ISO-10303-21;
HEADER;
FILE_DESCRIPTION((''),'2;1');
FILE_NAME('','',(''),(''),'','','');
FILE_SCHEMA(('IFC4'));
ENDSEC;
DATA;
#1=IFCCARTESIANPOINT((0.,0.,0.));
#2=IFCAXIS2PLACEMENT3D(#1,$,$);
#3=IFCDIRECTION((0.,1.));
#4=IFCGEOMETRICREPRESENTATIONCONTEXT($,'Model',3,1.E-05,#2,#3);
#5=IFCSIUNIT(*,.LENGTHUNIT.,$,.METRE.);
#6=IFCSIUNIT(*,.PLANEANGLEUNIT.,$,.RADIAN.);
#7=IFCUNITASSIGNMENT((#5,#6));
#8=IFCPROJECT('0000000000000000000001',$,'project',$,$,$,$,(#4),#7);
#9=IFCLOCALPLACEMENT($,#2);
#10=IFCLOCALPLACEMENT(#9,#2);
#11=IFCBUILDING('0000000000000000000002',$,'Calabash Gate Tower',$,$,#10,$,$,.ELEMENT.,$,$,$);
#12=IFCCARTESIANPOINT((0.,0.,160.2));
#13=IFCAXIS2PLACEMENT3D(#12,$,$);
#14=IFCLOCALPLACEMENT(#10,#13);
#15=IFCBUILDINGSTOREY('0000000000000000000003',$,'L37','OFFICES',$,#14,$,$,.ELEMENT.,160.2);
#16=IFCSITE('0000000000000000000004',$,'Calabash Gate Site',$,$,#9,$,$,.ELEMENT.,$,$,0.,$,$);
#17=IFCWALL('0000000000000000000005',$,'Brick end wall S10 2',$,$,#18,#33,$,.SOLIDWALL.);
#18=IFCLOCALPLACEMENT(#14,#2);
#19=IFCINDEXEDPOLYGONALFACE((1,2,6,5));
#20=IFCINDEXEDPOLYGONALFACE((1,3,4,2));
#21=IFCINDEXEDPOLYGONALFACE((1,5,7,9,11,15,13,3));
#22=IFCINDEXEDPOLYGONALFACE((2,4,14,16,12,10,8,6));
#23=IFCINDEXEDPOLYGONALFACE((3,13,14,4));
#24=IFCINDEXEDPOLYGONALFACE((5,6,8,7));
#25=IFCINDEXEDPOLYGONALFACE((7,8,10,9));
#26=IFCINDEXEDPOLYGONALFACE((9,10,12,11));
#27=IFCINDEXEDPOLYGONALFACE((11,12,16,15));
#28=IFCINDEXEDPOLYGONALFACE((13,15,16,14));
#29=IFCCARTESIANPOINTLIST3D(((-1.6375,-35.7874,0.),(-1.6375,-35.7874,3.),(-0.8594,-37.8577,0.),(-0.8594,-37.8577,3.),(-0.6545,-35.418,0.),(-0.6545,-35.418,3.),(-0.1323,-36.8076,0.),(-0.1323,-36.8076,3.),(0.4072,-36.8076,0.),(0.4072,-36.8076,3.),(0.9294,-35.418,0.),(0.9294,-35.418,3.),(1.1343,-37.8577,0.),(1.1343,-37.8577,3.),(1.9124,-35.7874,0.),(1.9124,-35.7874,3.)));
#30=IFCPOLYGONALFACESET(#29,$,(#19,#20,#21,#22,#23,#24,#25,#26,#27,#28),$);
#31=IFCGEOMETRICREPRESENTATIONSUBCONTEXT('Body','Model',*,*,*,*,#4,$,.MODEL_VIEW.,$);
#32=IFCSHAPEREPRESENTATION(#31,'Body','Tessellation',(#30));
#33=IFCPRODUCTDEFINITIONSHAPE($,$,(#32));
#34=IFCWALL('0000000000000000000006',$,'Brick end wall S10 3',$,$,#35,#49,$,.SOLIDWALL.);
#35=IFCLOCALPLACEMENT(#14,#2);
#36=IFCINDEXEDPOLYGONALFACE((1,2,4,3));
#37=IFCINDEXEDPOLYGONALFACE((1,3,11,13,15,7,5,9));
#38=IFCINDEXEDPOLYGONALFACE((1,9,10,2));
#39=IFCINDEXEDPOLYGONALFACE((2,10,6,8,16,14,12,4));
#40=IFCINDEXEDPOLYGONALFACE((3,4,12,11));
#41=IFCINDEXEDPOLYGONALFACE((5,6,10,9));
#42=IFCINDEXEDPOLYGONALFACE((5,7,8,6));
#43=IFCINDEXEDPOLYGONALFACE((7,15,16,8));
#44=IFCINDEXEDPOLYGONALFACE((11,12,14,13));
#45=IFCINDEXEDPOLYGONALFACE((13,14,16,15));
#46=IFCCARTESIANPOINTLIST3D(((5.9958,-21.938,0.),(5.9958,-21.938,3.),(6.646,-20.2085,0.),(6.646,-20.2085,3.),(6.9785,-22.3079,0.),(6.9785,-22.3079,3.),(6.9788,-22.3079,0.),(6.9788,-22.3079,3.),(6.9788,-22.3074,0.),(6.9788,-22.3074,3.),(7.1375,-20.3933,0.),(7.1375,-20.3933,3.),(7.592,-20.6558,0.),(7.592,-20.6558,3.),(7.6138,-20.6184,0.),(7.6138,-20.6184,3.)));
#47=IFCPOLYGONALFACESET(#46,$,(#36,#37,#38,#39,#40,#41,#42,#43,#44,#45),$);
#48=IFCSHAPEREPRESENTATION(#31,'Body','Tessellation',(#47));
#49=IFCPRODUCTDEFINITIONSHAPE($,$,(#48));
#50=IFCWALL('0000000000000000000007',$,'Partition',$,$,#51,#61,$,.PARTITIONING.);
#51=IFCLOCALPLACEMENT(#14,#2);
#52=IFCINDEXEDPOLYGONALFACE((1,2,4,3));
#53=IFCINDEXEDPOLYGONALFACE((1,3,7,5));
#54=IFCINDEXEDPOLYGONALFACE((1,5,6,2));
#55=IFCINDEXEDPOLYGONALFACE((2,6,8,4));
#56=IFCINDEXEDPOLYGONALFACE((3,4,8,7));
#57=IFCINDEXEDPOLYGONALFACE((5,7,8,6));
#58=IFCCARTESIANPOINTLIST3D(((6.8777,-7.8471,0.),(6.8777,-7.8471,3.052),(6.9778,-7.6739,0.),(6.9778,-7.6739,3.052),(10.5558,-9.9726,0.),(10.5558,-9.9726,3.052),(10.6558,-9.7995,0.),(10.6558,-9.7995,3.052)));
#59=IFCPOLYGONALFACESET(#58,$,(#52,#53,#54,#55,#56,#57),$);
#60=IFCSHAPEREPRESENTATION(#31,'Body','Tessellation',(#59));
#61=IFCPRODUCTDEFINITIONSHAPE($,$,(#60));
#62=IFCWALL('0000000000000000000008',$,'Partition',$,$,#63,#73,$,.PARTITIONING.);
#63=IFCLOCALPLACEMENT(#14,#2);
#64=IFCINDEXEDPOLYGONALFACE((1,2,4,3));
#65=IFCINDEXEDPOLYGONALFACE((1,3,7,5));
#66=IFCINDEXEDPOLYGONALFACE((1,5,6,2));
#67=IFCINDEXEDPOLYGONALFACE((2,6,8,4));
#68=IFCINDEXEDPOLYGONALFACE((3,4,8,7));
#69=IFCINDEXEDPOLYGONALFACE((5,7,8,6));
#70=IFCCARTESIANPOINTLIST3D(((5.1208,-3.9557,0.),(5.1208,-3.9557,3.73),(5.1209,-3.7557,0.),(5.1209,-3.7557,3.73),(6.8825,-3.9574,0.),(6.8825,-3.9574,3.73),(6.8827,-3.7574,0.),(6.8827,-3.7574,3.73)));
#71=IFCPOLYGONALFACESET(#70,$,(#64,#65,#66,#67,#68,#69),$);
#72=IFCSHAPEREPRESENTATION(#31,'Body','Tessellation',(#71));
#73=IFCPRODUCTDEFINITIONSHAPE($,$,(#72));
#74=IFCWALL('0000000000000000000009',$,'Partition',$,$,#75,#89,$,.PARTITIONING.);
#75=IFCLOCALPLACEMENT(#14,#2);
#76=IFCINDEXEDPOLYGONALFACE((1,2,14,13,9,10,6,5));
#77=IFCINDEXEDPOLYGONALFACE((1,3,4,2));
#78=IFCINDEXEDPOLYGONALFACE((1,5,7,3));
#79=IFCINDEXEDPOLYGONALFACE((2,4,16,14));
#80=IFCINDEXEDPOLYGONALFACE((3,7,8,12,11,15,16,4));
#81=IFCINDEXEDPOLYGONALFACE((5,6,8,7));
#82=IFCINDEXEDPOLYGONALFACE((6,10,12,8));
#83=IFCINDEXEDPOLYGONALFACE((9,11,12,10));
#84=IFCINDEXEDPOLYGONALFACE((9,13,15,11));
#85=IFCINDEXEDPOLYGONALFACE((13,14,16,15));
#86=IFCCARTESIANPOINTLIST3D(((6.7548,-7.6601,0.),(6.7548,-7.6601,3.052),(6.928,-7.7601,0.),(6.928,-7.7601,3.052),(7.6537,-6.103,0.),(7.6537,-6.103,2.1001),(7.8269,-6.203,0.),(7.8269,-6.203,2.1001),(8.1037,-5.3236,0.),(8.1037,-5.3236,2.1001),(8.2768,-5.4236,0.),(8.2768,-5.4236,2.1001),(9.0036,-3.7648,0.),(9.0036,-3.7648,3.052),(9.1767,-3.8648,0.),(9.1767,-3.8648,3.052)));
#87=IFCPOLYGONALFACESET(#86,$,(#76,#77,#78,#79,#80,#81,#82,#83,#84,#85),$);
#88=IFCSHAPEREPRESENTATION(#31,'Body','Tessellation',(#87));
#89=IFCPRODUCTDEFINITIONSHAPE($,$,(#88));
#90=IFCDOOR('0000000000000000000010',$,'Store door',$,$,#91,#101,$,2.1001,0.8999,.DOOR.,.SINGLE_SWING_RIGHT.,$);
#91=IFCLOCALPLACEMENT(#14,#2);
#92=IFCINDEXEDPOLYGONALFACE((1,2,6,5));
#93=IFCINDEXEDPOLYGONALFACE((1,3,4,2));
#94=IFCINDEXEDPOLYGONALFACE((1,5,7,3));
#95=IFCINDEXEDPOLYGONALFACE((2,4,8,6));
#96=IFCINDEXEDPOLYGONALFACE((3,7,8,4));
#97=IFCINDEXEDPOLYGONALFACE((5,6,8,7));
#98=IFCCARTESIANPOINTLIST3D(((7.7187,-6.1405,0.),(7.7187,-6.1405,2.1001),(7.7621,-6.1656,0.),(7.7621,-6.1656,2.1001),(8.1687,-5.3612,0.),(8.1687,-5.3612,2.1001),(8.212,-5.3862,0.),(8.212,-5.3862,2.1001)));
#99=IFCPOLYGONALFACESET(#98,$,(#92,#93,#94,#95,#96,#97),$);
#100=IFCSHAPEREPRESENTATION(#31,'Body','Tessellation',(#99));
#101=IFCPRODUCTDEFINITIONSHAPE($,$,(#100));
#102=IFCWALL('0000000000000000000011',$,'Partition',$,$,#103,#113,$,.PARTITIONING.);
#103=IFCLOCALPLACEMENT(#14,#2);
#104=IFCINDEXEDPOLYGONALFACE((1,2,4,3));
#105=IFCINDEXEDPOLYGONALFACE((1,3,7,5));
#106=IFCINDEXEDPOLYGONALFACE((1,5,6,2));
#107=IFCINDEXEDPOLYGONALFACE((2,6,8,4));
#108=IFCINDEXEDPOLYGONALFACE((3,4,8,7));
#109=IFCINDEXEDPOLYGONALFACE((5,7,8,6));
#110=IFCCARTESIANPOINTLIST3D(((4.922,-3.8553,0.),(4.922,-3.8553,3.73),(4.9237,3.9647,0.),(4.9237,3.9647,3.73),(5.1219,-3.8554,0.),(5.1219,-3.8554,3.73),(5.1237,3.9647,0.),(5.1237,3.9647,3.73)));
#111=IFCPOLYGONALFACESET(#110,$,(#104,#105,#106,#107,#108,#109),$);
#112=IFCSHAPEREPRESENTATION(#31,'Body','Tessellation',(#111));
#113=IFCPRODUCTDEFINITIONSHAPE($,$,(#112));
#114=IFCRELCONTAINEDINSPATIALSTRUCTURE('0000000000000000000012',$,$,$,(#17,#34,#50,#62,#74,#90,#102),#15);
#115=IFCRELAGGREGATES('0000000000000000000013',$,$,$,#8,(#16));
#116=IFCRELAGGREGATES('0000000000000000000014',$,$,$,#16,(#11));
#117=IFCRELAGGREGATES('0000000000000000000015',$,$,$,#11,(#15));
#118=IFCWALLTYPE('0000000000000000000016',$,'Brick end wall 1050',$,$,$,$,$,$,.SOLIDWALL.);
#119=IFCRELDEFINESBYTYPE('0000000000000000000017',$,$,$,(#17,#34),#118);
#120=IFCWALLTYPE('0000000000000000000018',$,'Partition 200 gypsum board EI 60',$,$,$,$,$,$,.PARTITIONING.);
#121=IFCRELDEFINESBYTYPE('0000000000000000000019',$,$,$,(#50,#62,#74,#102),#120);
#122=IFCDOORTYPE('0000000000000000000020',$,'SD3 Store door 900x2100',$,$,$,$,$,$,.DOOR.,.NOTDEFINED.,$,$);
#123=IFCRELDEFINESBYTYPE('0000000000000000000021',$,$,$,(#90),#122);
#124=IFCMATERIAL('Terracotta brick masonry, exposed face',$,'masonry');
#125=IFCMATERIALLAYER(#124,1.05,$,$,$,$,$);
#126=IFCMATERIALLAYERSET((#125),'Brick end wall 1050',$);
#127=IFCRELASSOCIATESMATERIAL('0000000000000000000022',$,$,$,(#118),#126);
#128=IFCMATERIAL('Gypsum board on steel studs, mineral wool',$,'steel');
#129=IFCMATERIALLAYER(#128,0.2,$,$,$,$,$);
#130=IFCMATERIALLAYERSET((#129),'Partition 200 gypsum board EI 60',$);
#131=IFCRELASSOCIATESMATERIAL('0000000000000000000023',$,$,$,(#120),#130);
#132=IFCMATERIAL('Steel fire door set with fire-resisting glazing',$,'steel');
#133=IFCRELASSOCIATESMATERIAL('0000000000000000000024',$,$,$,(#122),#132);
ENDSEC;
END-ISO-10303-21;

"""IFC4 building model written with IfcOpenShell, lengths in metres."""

from ifc_helpers import new_model, si_unit, direction, frame, frame_2d, origin, place, context, subcontext, project, spatial, polyline, rectangle, outline, extrude, material, layer, layer_set, type_object, element, fill, save


model = new_model("IFC4")

# Units and contexts
model_context = context("Model", 3, precision=1e-05, world=origin(), true_north=direction((0.0, 1.0)))
body_context = subcontext(model_context, "Body", "Model", "MODEL_VIEW")
ifc_project = project(units=[si_unit("LENGTHUNIT", "METRE"), si_unit("PLANEANGLEUNIT", "RADIAN")], contexts=[model_context])

# Site, building, storey
site_placement = place(None, origin())
site = spatial("IfcSite", under=ifc_project, at=site_placement, Name="Calabash Gate Site", CompositionType="ELEMENT", RefElevation=0.0)
building_placement = place(site_placement, origin())
building = spatial("IfcBuilding", under=site, at=building_placement, Name="Calabash Gate Tower", CompositionType="ELEMENT")
storey_placement = place(building_placement, frame((0.0, 0.0, 160.2)))
storey = spatial("IfcBuildingStorey", under=building, at=storey_placement, Name="L37", Description="OFFICES", CompositionType="ELEMENT", Elevation=160.2)

# Walls
ifc_material_1 = material(Name="Terracotta brick masonry, exposed face", Category="masonry")
ifc_layer_1 = layer(ifc_material_1, 1.05)
ifc_layer_set_1 = layer_set([ifc_layer_1], Name="Brick end wall 1050")
wall_type_1 = type_object("IfcWallType", Name="Brick end wall 1050", PredefinedType="SOLIDWALL", material=ifc_layer_set_1)
wall_1_placement = place(storey_placement, origin())
element("IfcWall", 1, at=wall_1_placement, inside=storey, type_object=wall_type_1, Name="Brick end wall S10 2", PredefinedType="SOLIDWALL", context=body_context, shape_type="SweptSolid", body=[
    extrude(outline(polyline([(-0.1323, -36.8076), (-0.6545, -35.418), (-1.6375, -35.7874), (-0.8594, -37.8577), (1.1343, -37.8577), (1.9124, -35.7874), (0.9294, -35.418), (0.4072, -36.8076), (-0.1323, -36.8076)])), origin(), (0.0, 0.0, 1.0), 3.0),
])
wall_2_placement = place(storey_placement, origin())
element("IfcWall", 2, at=wall_2_placement, inside=storey, type_object=wall_type_1, Name="Brick end wall S10 3", PredefinedType="SOLIDWALL", context=body_context, shape_type="SweptSolid", body=[
    extrude(outline(polyline([(6.9788, -22.3074), (6.9785, -22.3079), (6.9788, -22.3079), (7.6138, -20.6184), (7.592, -20.6558), (7.1375, -20.3933), (6.646, -20.2085), (5.9958, -21.938), (6.9788, -22.3074)])), origin(), (0.0, 0.0, 1.0), 3.0),
])
ifc_material_2 = material(Name="Gypsum board on steel studs, mineral wool", Category="steel")
ifc_layer_2 = layer(ifc_material_2, 0.2)
ifc_layer_set_2 = layer_set([ifc_layer_2], Name="Partition 200 gypsum board EI 60")
wall_type_2 = type_object("IfcWallType", Name="Partition 200 gypsum board EI 60", PredefinedType="PARTITIONING", material=ifc_layer_set_2)
wall_3_placement = place(storey_placement, frame((6.9277, -7.7605, 0.0), z_axis=(0.0, 0.0, 1.0), x_axis=(0.865821, -0.500354, 0.0)))
element("IfcWall", 3, at=wall_3_placement, inside=storey, type_object=wall_type_2, Name="Partition", PredefinedType="PARTITIONING", context=body_context, shape_type="SweptSolid", body=[
    extrude(rectangle(XDim=4.248, YDim=0.2, at=frame_2d((2.124, 0.0))), origin(), (0.0, 0.0, 1.0), 3.052),
])
wall_4_placement = place(storey_placement, frame((5.1208, -3.8557, 0.0), z_axis=(0.0, 0.0, 1.0), x_axis=(1.0, -0.00097, 0.0)))
element("IfcWall", 4, at=wall_4_placement, inside=storey, type_object=wall_type_2, Name="Partition", PredefinedType="PARTITIONING", context=body_context, shape_type="SweptSolid", body=[
    extrude(rectangle(XDim=1.7617, YDim=0.2, at=frame_2d((0.8809, 0.0))), origin(), (0.0, 0.0, 1.0), 3.73),
])

# Wall, opening, door
wall_5_placement = place(storey_placement, frame((6.8413, -7.7102, 0.0), z_axis=(0.0, 0.0, 1.0), x_axis=(0.499975, 0.86604, 0.0)))
wall_5 = element("IfcWall", 5, at=wall_5_placement, inside=storey, type_object=wall_type_2, Name="Partition", PredefinedType="PARTITIONING", context=body_context, shape_type="SweptSolid", body=[
    extrude(rectangle(XDim=4.4978, YDim=0.2, at=frame_2d((2.249, 0.0))), origin(), (0.0, 0.0, 1.0), 3.052),
])
opening_placement = place(wall_5_placement, frame((1.7981, 0.0, 0.0)))
opening = element("IfcOpeningElement", 6, at=opening_placement, cuts=wall_5, PredefinedType="OPENING", context=body_context, shape_type="SweptSolid", body=[
    extrude(rectangle(XDim=0.8999, YDim=2.1001, at=frame_2d((0.45, 1.05))), frame((0.0, 0.1099, 0.0), z_axis=(0.0, -1.0, 0.0), x_axis=(1.0, 0.0, 0.0)), (0.0, 0.0, 1.0), 0.22),
])
ifc_material_3 = material(Name="Steel fire door set with fire-resisting glazing", Category="steel")
door_type = type_object("IfcDoorType", Name="SD3 Store door 900x2100", OperationType="NOTDEFINED", PredefinedType="DOOR", material=ifc_material_3)
door_placement = place(opening_placement, origin())
door = element("IfcDoor", 7, at=door_placement, inside=storey, type_object=door_type, Name="Store door", OperationType="SINGLE_SWING_RIGHT", OverallHeight=2.1001, OverallWidth=0.8999, PredefinedType="DOOR", context=body_context, shape_type="SweptSolid", body=[
    extrude(rectangle(XDim=0.8999, YDim=2.1001, at=frame_2d((0.45, 1.05))), frame((0.0, 0.0249, 0.0), z_axis=(0.0, -1.0, 0.0), x_axis=(1.0, 0.0, 0.0)), (0.0, 0.0, 1.0), 0.05),
])
fill(opening, door)

# Wall
wall_6_placement = place(storey_placement, frame((5.022, -3.8555, 0.0), z_axis=(0.0, 0.0, 1.0), x_axis=(0.000219, 1.0, 0.0)))
element("IfcWall", 8, at=wall_6_placement, inside=storey, type_object=wall_type_2, Name="Partition", PredefinedType="PARTITIONING", context=body_context, shape_type="SweptSolid", body=[
    extrude(rectangle(XDim=7.8201, YDim=0.2, at=frame_2d((3.9102, 0.0))), origin(), (0.0, 0.0, 1.0), 3.73),
])

save(model, "model.ifc")
